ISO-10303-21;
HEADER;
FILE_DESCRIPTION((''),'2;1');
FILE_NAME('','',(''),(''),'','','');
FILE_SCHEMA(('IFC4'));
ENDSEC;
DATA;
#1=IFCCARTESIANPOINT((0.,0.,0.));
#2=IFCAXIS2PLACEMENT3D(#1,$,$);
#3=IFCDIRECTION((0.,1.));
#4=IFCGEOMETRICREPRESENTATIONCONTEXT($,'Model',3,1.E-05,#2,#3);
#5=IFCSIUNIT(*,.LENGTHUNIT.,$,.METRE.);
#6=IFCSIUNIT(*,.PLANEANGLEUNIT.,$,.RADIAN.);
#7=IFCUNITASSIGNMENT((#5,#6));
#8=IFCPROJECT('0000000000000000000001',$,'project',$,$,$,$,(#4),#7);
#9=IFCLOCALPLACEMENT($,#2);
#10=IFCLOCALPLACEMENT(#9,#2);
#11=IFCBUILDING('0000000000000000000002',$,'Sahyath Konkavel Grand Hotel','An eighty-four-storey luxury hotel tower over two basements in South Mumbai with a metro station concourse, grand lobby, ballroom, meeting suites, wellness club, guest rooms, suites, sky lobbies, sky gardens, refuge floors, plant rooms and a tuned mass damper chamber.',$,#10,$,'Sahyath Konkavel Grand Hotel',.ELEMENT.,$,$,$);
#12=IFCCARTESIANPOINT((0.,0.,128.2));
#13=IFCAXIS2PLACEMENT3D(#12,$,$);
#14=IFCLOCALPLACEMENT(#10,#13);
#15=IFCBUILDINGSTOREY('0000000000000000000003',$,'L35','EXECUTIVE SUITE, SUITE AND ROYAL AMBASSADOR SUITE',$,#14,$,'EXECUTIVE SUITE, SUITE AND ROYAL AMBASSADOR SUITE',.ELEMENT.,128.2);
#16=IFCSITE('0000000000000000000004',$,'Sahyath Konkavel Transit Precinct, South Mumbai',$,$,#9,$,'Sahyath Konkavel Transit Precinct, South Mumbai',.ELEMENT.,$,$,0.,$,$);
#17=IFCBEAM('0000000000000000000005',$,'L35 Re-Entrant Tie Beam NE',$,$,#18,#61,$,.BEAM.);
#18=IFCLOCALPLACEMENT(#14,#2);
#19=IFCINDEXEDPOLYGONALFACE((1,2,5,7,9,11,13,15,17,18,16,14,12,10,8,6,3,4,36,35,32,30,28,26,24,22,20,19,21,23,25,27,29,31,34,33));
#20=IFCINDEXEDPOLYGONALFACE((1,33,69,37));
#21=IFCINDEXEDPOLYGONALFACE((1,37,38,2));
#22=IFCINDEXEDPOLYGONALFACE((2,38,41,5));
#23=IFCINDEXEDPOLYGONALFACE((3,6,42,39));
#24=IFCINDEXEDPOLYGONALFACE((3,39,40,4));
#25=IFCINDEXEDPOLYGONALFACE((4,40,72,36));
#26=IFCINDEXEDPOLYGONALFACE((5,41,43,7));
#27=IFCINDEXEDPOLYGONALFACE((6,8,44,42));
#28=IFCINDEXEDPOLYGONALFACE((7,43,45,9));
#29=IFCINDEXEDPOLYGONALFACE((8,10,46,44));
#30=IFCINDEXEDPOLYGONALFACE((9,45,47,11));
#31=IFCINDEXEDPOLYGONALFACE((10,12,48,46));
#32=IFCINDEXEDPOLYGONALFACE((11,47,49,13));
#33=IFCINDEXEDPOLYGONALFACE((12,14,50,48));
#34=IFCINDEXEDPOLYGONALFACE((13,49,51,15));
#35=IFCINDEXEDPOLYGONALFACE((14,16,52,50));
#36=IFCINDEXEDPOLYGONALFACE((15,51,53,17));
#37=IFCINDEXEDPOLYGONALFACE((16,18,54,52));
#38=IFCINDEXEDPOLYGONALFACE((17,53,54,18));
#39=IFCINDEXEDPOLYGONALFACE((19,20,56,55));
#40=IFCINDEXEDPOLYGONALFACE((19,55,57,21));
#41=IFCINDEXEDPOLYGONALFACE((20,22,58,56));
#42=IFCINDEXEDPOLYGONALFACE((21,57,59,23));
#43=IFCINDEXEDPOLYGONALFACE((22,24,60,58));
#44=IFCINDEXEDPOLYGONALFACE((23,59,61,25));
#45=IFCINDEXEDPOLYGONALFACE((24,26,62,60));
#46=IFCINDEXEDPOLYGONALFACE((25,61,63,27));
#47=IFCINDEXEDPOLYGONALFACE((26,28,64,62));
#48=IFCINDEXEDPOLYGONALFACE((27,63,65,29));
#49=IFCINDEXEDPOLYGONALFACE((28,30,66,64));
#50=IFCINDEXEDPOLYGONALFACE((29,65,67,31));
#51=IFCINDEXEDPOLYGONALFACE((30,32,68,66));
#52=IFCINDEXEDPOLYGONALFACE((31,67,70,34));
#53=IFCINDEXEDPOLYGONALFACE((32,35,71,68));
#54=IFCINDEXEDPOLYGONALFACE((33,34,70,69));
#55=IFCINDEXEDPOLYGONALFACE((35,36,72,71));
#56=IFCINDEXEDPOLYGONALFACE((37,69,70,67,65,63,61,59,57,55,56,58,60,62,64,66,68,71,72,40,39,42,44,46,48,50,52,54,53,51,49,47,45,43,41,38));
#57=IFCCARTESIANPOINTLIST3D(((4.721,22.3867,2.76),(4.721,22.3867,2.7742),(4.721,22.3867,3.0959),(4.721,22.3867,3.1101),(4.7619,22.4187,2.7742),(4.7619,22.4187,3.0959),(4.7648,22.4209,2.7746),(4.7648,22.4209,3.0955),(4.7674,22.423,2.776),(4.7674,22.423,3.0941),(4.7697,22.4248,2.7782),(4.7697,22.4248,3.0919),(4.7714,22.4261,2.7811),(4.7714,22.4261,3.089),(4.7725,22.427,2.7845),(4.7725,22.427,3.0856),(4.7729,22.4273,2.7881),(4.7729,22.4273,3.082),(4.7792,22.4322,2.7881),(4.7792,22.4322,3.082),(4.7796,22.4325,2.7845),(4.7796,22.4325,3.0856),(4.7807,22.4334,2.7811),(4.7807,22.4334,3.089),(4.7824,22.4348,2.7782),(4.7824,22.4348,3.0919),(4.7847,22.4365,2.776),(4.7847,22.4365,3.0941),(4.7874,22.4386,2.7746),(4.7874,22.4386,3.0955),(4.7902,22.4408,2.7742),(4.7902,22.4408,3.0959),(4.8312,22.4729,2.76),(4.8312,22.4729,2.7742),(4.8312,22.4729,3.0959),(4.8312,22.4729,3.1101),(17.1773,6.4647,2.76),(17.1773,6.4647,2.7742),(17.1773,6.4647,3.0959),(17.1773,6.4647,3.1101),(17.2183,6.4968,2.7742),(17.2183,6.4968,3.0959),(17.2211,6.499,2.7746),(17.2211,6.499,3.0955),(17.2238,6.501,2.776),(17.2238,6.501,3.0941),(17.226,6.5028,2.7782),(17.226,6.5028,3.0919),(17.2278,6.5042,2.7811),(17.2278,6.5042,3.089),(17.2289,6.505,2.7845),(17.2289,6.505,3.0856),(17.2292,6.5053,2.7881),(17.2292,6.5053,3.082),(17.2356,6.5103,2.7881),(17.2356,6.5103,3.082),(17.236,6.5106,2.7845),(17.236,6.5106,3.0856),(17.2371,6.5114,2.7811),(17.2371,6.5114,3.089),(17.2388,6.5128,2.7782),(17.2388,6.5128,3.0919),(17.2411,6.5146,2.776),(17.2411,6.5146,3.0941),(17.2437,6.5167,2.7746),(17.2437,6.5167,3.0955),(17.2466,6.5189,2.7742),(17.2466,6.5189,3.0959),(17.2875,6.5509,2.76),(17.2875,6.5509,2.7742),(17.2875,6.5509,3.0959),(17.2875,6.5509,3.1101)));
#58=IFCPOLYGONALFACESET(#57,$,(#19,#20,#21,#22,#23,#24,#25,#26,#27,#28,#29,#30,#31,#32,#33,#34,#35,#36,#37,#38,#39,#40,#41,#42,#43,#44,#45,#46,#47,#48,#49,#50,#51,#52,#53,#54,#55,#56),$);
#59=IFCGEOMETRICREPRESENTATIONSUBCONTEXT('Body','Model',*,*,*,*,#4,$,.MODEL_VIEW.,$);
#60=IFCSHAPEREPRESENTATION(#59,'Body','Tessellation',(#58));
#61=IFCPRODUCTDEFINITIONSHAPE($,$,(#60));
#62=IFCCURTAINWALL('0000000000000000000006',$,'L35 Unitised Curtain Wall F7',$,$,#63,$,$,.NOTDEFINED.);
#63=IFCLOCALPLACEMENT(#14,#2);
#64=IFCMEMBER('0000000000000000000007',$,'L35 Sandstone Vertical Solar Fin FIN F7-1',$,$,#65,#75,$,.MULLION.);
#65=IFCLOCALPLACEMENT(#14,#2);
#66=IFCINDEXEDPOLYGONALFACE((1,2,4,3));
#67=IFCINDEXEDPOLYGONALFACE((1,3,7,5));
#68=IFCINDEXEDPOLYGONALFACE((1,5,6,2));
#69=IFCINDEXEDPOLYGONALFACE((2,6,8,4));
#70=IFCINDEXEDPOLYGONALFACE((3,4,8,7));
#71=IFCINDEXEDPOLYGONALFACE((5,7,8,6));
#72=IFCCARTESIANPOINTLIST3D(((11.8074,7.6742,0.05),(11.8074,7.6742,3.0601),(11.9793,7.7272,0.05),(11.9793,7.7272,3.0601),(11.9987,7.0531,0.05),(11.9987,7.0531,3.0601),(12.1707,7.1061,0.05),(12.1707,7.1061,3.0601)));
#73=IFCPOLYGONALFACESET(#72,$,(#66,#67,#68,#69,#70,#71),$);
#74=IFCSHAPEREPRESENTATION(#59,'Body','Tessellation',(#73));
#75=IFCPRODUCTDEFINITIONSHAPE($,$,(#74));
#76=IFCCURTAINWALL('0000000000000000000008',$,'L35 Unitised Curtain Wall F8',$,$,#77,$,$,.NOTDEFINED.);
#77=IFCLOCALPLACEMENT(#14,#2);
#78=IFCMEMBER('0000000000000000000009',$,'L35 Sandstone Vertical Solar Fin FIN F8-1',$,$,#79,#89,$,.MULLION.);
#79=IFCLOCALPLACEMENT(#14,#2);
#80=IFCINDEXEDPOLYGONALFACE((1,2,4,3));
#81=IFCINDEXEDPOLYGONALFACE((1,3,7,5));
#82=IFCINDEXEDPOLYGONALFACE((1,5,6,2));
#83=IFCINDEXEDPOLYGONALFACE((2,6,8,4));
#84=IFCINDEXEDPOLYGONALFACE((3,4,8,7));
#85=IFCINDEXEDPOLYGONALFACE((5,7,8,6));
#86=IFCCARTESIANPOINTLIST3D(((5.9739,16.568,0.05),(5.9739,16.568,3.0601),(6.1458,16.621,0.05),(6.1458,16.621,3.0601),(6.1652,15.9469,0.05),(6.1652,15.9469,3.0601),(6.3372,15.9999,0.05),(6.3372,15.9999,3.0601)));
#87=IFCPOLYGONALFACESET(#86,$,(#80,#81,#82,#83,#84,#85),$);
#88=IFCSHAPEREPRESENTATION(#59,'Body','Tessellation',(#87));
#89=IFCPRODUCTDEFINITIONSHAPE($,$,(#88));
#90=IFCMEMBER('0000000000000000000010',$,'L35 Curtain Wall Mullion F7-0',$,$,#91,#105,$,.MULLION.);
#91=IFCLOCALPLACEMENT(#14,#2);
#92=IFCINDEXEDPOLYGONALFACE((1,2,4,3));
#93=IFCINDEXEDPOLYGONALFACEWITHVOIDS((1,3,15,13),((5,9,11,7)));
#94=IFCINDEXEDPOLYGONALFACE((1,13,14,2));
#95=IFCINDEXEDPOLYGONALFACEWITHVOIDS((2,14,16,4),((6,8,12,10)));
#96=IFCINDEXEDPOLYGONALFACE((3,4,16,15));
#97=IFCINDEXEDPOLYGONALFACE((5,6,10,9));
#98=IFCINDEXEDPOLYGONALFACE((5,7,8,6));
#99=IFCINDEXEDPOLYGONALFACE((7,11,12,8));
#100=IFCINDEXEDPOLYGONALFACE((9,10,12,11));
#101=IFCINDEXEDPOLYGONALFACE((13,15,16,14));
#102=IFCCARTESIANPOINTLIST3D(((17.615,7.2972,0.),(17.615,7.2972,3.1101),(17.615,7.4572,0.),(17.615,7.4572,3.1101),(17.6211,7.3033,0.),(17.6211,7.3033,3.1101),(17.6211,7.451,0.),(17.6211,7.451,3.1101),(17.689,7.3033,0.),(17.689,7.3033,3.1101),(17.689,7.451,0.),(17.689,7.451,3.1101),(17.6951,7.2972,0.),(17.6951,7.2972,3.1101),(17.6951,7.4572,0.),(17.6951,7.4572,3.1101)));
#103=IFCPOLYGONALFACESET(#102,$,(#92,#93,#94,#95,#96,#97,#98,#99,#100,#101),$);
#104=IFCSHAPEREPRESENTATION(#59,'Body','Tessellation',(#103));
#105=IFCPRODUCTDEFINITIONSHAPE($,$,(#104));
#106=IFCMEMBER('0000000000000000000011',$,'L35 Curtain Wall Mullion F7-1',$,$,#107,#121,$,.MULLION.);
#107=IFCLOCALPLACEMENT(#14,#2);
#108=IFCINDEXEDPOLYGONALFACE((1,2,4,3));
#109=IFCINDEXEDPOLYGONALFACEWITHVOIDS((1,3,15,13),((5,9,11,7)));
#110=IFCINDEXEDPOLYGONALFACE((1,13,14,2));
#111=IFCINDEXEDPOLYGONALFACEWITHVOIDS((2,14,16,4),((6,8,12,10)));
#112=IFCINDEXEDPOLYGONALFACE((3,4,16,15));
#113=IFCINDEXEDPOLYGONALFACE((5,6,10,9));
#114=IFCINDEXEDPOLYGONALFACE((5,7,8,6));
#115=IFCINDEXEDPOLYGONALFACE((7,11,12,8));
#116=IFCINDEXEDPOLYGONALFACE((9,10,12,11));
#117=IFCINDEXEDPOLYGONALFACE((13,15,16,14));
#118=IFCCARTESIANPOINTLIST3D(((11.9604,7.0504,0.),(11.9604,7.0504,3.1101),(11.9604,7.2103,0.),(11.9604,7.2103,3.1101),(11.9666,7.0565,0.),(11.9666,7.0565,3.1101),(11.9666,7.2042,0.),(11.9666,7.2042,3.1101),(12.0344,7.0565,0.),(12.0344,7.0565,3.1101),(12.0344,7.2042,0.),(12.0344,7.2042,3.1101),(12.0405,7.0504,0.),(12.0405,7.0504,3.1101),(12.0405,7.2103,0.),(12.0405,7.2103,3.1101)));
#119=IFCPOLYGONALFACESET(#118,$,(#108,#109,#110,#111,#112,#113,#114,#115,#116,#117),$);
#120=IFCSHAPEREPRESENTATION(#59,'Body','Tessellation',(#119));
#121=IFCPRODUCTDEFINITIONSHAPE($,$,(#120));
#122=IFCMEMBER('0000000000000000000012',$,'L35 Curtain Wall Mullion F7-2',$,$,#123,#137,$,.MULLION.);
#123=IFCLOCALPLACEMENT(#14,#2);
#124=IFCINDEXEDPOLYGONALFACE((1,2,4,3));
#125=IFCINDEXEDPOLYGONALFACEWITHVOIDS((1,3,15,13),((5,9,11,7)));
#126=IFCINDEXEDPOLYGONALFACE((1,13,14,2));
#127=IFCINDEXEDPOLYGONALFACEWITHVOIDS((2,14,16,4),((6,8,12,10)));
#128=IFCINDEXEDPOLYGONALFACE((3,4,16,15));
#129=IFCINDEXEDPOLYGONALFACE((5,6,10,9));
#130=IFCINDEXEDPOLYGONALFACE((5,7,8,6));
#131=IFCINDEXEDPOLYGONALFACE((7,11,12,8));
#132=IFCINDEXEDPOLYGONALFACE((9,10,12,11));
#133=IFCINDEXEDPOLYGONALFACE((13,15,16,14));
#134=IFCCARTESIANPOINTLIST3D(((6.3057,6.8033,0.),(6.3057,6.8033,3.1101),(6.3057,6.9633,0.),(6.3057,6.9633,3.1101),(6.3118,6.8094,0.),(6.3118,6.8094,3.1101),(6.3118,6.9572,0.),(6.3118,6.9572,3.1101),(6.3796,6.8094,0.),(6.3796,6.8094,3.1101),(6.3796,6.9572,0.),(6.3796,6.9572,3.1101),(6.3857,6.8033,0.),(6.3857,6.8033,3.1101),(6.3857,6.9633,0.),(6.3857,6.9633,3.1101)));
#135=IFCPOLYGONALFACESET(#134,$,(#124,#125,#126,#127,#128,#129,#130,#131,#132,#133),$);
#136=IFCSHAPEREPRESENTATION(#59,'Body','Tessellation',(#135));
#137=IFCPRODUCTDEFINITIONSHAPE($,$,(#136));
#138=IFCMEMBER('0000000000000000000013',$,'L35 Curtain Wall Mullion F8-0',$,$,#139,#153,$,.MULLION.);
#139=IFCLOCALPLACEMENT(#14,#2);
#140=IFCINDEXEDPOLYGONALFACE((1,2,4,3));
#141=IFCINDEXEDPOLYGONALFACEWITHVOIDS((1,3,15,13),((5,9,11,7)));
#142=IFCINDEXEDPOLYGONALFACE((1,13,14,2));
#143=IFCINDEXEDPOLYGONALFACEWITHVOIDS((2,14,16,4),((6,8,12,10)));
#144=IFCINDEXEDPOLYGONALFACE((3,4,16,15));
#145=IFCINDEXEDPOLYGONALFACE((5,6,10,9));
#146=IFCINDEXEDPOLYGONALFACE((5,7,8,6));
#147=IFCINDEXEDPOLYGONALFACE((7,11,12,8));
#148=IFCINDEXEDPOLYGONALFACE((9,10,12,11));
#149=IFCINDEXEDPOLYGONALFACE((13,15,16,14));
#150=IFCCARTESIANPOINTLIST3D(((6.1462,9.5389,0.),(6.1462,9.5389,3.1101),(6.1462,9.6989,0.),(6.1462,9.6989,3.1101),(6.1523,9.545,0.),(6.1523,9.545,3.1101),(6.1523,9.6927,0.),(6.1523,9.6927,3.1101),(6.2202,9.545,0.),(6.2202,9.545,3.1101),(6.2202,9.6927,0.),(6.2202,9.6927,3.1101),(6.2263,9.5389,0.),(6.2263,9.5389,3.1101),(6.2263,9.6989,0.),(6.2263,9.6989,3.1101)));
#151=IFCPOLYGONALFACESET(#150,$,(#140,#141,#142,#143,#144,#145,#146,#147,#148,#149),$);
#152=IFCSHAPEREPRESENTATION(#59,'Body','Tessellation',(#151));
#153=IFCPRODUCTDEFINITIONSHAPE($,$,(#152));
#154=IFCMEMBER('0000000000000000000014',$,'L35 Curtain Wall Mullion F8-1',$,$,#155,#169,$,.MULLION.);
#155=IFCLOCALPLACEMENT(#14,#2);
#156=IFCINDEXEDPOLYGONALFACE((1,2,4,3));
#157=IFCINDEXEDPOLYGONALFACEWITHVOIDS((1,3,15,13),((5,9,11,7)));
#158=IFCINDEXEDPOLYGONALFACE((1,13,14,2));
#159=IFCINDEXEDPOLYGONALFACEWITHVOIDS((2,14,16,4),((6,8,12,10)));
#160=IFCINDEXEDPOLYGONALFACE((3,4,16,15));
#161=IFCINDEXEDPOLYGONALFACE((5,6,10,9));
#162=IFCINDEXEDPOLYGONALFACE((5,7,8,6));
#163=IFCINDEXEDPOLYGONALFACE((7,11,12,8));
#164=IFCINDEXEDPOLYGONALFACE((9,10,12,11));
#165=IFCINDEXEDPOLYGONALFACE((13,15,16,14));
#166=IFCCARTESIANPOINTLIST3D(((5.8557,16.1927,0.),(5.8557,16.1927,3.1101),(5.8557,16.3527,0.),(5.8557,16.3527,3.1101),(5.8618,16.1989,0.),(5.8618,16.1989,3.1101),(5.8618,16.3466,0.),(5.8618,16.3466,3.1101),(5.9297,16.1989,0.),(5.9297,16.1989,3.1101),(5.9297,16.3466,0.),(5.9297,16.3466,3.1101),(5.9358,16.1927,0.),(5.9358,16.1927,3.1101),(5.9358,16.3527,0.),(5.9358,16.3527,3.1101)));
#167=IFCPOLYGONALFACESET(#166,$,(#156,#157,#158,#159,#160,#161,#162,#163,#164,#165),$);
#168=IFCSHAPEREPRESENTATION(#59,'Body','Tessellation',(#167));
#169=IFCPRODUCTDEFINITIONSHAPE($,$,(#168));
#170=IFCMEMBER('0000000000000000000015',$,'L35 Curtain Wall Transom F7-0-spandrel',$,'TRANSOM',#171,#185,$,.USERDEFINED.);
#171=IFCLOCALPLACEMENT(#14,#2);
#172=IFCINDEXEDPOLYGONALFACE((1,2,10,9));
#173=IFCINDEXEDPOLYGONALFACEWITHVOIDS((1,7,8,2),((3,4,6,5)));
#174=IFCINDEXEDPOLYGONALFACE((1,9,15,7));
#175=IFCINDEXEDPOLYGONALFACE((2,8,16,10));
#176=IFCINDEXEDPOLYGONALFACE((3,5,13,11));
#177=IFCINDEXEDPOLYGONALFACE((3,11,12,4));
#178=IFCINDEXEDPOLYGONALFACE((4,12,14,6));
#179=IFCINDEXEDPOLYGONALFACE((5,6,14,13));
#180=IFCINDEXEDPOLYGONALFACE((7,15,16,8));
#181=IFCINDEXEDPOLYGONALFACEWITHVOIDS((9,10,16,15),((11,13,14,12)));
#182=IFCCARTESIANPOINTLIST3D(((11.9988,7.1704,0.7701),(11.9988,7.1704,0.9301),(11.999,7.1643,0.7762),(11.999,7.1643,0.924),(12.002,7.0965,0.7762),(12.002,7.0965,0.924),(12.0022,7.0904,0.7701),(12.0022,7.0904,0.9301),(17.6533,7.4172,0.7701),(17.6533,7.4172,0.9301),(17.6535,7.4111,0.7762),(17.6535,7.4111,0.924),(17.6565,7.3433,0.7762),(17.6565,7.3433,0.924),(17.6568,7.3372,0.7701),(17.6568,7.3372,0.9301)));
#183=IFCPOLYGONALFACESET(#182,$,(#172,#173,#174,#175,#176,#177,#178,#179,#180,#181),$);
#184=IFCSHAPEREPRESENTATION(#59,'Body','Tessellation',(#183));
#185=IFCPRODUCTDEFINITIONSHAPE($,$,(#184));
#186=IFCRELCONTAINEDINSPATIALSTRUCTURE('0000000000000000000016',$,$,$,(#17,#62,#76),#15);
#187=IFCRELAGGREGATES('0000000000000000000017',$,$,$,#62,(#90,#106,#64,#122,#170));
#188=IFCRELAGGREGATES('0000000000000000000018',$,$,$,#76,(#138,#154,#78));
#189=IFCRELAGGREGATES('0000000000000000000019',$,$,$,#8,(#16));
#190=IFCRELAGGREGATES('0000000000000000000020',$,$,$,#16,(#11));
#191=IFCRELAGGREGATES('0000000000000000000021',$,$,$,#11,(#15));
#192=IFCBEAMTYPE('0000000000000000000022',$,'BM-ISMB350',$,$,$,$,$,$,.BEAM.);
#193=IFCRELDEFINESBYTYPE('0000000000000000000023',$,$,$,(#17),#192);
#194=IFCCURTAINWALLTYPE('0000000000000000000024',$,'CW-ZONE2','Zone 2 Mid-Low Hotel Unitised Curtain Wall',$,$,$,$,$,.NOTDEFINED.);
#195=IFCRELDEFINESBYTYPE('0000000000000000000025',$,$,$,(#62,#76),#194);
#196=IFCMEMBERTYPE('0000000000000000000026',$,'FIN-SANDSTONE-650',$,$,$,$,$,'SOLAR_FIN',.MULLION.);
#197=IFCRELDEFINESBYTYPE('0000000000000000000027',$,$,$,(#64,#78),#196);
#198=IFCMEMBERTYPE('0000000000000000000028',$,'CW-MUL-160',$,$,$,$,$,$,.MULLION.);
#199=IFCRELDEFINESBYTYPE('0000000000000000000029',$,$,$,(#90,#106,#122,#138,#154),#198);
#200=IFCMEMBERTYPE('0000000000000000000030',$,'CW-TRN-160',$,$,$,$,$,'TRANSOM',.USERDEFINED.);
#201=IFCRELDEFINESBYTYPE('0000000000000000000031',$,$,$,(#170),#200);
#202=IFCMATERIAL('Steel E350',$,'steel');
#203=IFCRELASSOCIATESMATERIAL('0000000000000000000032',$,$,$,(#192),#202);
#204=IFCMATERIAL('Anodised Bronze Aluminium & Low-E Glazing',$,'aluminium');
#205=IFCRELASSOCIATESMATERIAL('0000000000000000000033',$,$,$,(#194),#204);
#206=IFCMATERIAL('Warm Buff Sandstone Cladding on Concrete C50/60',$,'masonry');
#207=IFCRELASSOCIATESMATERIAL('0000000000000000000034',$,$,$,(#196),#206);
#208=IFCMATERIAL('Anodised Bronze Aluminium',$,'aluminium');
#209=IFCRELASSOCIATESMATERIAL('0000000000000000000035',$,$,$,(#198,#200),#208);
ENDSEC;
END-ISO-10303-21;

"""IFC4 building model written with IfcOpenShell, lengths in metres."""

from ifc_helpers import new_model, si_unit, direction, frame, origin, origin_2d, place, context, subcontext, project, spatial, rectangle, hollow_rectangle, i_section, extrude, source, transform, mapped, material, material_profile, profile_set, type_object, element, aggregate, save


model = new_model("IFC4")

# Units and contexts
model_context = context("Model", 3, precision=1e-05, world=origin(), true_north=direction((0.0, 1.0)))
body_context = subcontext(model_context, "Body", "Model", "MODEL_VIEW")
ifc_project = project(units=[si_unit("LENGTHUNIT", "METRE"), si_unit("PLANEANGLEUNIT", "RADIAN")], contexts=[model_context])

# Site, building, storey
site_placement = place(None, origin())
site = spatial("IfcSite", under=ifc_project, at=site_placement, Name="Sahyath Konkavel Transit Precinct, South Mumbai", LongName="Sahyath Konkavel Transit Precinct, South Mumbai", CompositionType="ELEMENT", RefElevation=0.0)
building_placement = place(site_placement, origin())
building = spatial("IfcBuilding", under=site, at=building_placement, Name="Sahyath Konkavel Grand Hotel", Description="An eighty-four-storey luxury hotel tower over two basements in South Mumbai with a metro station concourse, grand lobby, ballroom, meeting suites, wellness club, guest rooms, suites, sky lobbies, sky gardens, refuge floors, plant rooms and a tuned mass damper chamber.", LongName="Sahyath Konkavel Grand Hotel", CompositionType="ELEMENT")
storey_placement = place(building_placement, frame((0.0, 0.0, 128.2)))
storey = spatial("IfcBuildingStorey", under=building, at=storey_placement, Name="L35", Description="EXECUTIVE SUITE, SUITE AND ROYAL AMBASSADOR SUITE", LongName="EXECUTIVE SUITE, SUITE AND ROYAL AMBASSADOR SUITE", CompositionType="ELEMENT", Elevation=128.2)

# Beam
ifc_material_1 = material(Name="Steel E350", Category="steel")
ifc_material_profile_1 = material_profile(ifc_material_1, i_section(OverallWidth=0.1399, OverallDepth=0.3501, WebThickness=0.0081, FlangeThickness=0.0142, FilletRadius=0.0139, at=origin_2d()), Name="ISMB 350")
ifc_profile_set_1 = profile_set([ifc_material_profile_1], Name="Steel E350")
beam_type = type_object("IfcBeamType", Name="BM-ISMB350", PredefinedType="BEAM", material=ifc_profile_set_1)
shared_shape_1 = source(origin(), body_context, "Body", "SweptSolid", [
    extrude(i_section(OverallWidth=0.1399, OverallDepth=0.3501, WebThickness=0.0081, FlangeThickness=0.0142, FilletRadius=0.0139, at=origin_2d()), origin(), (0.0, 0.0, 1.0), 20.2156),
])
beam_placement = place(storey_placement, frame((17.2324, 6.5078, 2.9351), z_axis=(-0.616176, 0.787608, 0.0), x_axis=(-0.787608, -0.616176, 0.0)))
element("IfcBeam", 1, at=beam_placement, inside=storey, type_object=beam_type, Name="L35 Re-Entrant Tie Beam NE", PredefinedType="BEAM", context=body_context, shape_type="MappedRepresentation", body=[
    mapped(shared_shape_1, transform((0.0, 0.0, 0.0), scale=1.0)),
])

# Curtain walls, members
ifc_material_2 = material(Name="Anodised Bronze Aluminium & Low-E Glazing", Category="aluminium")
curtain_wall_type = type_object("IfcCurtainWallType", Name="CW-ZONE2", Description="Zone 2 Mid-Low Hotel Unitised Curtain Wall", PredefinedType="NOTDEFINED", material=ifc_material_2)
curtain_wall_1_placement = place(storey_placement, origin())
curtain_wall_1 = element("IfcCurtainWall", 2, at=curtain_wall_1_placement, inside=storey, type_object=curtain_wall_type, Name="L35 Unitised Curtain Wall F7", PredefinedType="NOTDEFINED")
ifc_material_3 = material(Name="Warm Buff Sandstone Cladding on Concrete C50/60", Category="masonry")
ifc_material_profile_2 = material_profile(ifc_material_3, rectangle(XDim=0.1799, YDim=0.6499, at=origin_2d()), Name="FIN 180x650")
ifc_profile_set_2 = profile_set([ifc_material_profile_2], Name="Warm Buff Sandstone Cladding on Concrete C50/60")
member_type_1 = type_object("IfcMemberType", Name="FIN-SANDSTONE-650", ElementType="SOLAR_FIN", PredefinedType="MULLION", material=ifc_profile_set_2)
shared_shape_2 = source(origin(), body_context, "Body", "SweptSolid", [
    extrude(rectangle(XDim=0.1799, YDim=0.6499, at=origin_2d()), origin(), (0.0, 0.0, 1.0), 3.01),
])
member_1_placement = place(storey_placement, frame((11.989, 7.3901, 0.05), z_axis=(0.0, 0.0, 1.0), x_axis=(0.95569, 0.294374, 0.0)))
member_1 = element("IfcMember", 3, at=member_1_placement, type_object=member_type_1, Name="L35 Sandstone Vertical Solar Fin FIN F7-1", PredefinedType="MULLION", context=body_context, shape_type="MappedRepresentation", body=[
    mapped(shared_shape_2, transform((0.0, 0.0, 0.0), scale=1.0)),
])
curtain_wall_2_placement = place(storey_placement, origin())
curtain_wall_2 = element("IfcCurtainWall", 4, at=curtain_wall_2_placement, inside=storey, type_object=curtain_wall_type, Name="L35 Unitised Curtain Wall F8", PredefinedType="NOTDEFINED")
member_2_placement = place(storey_placement, frame((6.1555, 16.2839, 0.05), z_axis=(0.0, 0.0, 1.0), x_axis=(0.95569, 0.294374, 0.0)))
member_2 = element("IfcMember", 5, at=member_2_placement, type_object=member_type_1, Name="L35 Sandstone Vertical Solar Fin FIN F8-1", PredefinedType="MULLION", context=body_context, shape_type="MappedRepresentation", body=[
    mapped(shared_shape_2, transform((0.0, 0.0, 0.0), scale=1.0)),
])

# Members
ifc_material_4 = material(Name="Anodised Bronze Aluminium", Category="aluminium")
ifc_material_profile_3 = material_profile(ifc_material_4, hollow_rectangle(XDim=0.0801, YDim=0.1599, WallThickness=0.0061, at=origin_2d()), Name="RHS 160x80x6")
ifc_profile_set_3 = profile_set([ifc_material_profile_3], Name="Anodised Bronze Aluminium")
member_type_2 = type_object("IfcMemberType", Name="CW-MUL-160", PredefinedType="MULLION", material=ifc_profile_set_3)
shared_shape_3 = source(origin(), body_context, "Body", "SweptSolid", [
    extrude(hollow_rectangle(XDim=0.0801, YDim=0.1599, WallThickness=0.0061, at=origin_2d()), origin(), (0.0, 0.0, 1.0), 3.1101),
])
member_3_placement = place(storey_placement, frame((17.655, 7.3772, 0.0), z_axis=(0.0, 0.0, 1.0), x_axis=(1.0, 0.0, 0.0)))
member_3 = element("IfcMember", 6, at=member_3_placement, type_object=member_type_2, Name="L35 Curtain Wall Mullion F7-0", PredefinedType="MULLION", context=body_context, shape_type="MappedRepresentation", body=[
    mapped(shared_shape_3, transform((0.0, 0.0, 0.0), scale=1.0)),
])
member_4_placement = place(storey_placement, frame((12.0005, 7.1304, 0.0), z_axis=(0.0, 0.0, 1.0), x_axis=(1.0, 0.0, 0.0)))
member_4 = element("IfcMember", 7, at=member_4_placement, type_object=member_type_2, Name="L35 Curtain Wall Mullion F7-1", PredefinedType="MULLION", context=body_context, shape_type="MappedRepresentation", body=[
    mapped(shared_shape_3, transform((0.0, 0.0, 0.0), scale=1.0)),
])
member_5_placement = place(storey_placement, frame((6.3457, 6.8833, 0.0), z_axis=(0.0, 0.0, 1.0), x_axis=(1.0, 0.0, 0.0)))
member_5 = element("IfcMember", 8, at=member_5_placement, type_object=member_type_2, Name="L35 Curtain Wall Mullion F7-2", PredefinedType="MULLION", context=body_context, shape_type="MappedRepresentation", body=[
    mapped(shared_shape_3, transform((0.0, 0.0, 0.0), scale=1.0)),
])
member_6_placement = place(storey_placement, frame((6.1863, 9.6189, 0.0), z_axis=(0.0, 0.0, 1.0), x_axis=(1.0, 0.0, 0.0)))
member_6 = element("IfcMember", 9, at=member_6_placement, type_object=member_type_2, Name="L35 Curtain Wall Mullion F8-0", PredefinedType="MULLION", context=body_context, shape_type="MappedRepresentation", body=[
    mapped(shared_shape_3, transform((0.0, 0.0, 0.0), scale=1.0)),
])
member_7_placement = place(storey_placement, frame((5.8958, 16.2727, 0.0), z_axis=(0.0, 0.0, 1.0), x_axis=(1.0, 0.0, 0.0)))
member_7 = element("IfcMember", 10, at=member_7_placement, type_object=member_type_2, Name="L35 Curtain Wall Mullion F8-1", PredefinedType="MULLION", context=body_context, shape_type="MappedRepresentation", body=[
    mapped(shared_shape_3, transform((0.0, 0.0, 0.0), scale=1.0)),
])
ifc_material_profile_4 = material_profile(ifc_material_4, hollow_rectangle(XDim=0.0801, YDim=0.1599, WallThickness=0.0061, at=origin_2d()), Name="RHS 160x80x6")
ifc_profile_set_4 = profile_set([ifc_material_profile_4], Name="Anodised Bronze Aluminium")
member_type_3 = type_object("IfcMemberType", Name="CW-TRN-160", ElementType="TRANSOM", PredefinedType="USERDEFINED", material=ifc_profile_set_4)
shared_shape_4 = source(origin(), body_context, "Body", "SweptSolid", [
    extrude(hollow_rectangle(XDim=0.0801, YDim=0.1599, WallThickness=0.0061, at=origin_2d()), origin(), (0.0, 0.0, 1.0), 5.6599),
])
member_8_placement = place(storey_placement, frame((17.655, 7.3772, 0.8501), z_axis=(-0.999049, -0.043609, 0.0), x_axis=(0.043609, -0.999049, 0.0)))
member_8 = element("IfcMember", 11, at=member_8_placement, type_object=member_type_3, Name="L35 Curtain Wall Transom F7-0-spandrel", ObjectType="TRANSOM", PredefinedType="USERDEFINED", context=body_context, shape_type="MappedRepresentation", body=[
    mapped(shared_shape_4, transform((0.0, 0.0, 0.0), scale=1.0)),
])

aggregate(curtain_wall_1, [member_3, member_4, member_1, member_5, member_8])
aggregate(curtain_wall_2, [member_6, member_7, member_2])

save(model, "model.ifc")
